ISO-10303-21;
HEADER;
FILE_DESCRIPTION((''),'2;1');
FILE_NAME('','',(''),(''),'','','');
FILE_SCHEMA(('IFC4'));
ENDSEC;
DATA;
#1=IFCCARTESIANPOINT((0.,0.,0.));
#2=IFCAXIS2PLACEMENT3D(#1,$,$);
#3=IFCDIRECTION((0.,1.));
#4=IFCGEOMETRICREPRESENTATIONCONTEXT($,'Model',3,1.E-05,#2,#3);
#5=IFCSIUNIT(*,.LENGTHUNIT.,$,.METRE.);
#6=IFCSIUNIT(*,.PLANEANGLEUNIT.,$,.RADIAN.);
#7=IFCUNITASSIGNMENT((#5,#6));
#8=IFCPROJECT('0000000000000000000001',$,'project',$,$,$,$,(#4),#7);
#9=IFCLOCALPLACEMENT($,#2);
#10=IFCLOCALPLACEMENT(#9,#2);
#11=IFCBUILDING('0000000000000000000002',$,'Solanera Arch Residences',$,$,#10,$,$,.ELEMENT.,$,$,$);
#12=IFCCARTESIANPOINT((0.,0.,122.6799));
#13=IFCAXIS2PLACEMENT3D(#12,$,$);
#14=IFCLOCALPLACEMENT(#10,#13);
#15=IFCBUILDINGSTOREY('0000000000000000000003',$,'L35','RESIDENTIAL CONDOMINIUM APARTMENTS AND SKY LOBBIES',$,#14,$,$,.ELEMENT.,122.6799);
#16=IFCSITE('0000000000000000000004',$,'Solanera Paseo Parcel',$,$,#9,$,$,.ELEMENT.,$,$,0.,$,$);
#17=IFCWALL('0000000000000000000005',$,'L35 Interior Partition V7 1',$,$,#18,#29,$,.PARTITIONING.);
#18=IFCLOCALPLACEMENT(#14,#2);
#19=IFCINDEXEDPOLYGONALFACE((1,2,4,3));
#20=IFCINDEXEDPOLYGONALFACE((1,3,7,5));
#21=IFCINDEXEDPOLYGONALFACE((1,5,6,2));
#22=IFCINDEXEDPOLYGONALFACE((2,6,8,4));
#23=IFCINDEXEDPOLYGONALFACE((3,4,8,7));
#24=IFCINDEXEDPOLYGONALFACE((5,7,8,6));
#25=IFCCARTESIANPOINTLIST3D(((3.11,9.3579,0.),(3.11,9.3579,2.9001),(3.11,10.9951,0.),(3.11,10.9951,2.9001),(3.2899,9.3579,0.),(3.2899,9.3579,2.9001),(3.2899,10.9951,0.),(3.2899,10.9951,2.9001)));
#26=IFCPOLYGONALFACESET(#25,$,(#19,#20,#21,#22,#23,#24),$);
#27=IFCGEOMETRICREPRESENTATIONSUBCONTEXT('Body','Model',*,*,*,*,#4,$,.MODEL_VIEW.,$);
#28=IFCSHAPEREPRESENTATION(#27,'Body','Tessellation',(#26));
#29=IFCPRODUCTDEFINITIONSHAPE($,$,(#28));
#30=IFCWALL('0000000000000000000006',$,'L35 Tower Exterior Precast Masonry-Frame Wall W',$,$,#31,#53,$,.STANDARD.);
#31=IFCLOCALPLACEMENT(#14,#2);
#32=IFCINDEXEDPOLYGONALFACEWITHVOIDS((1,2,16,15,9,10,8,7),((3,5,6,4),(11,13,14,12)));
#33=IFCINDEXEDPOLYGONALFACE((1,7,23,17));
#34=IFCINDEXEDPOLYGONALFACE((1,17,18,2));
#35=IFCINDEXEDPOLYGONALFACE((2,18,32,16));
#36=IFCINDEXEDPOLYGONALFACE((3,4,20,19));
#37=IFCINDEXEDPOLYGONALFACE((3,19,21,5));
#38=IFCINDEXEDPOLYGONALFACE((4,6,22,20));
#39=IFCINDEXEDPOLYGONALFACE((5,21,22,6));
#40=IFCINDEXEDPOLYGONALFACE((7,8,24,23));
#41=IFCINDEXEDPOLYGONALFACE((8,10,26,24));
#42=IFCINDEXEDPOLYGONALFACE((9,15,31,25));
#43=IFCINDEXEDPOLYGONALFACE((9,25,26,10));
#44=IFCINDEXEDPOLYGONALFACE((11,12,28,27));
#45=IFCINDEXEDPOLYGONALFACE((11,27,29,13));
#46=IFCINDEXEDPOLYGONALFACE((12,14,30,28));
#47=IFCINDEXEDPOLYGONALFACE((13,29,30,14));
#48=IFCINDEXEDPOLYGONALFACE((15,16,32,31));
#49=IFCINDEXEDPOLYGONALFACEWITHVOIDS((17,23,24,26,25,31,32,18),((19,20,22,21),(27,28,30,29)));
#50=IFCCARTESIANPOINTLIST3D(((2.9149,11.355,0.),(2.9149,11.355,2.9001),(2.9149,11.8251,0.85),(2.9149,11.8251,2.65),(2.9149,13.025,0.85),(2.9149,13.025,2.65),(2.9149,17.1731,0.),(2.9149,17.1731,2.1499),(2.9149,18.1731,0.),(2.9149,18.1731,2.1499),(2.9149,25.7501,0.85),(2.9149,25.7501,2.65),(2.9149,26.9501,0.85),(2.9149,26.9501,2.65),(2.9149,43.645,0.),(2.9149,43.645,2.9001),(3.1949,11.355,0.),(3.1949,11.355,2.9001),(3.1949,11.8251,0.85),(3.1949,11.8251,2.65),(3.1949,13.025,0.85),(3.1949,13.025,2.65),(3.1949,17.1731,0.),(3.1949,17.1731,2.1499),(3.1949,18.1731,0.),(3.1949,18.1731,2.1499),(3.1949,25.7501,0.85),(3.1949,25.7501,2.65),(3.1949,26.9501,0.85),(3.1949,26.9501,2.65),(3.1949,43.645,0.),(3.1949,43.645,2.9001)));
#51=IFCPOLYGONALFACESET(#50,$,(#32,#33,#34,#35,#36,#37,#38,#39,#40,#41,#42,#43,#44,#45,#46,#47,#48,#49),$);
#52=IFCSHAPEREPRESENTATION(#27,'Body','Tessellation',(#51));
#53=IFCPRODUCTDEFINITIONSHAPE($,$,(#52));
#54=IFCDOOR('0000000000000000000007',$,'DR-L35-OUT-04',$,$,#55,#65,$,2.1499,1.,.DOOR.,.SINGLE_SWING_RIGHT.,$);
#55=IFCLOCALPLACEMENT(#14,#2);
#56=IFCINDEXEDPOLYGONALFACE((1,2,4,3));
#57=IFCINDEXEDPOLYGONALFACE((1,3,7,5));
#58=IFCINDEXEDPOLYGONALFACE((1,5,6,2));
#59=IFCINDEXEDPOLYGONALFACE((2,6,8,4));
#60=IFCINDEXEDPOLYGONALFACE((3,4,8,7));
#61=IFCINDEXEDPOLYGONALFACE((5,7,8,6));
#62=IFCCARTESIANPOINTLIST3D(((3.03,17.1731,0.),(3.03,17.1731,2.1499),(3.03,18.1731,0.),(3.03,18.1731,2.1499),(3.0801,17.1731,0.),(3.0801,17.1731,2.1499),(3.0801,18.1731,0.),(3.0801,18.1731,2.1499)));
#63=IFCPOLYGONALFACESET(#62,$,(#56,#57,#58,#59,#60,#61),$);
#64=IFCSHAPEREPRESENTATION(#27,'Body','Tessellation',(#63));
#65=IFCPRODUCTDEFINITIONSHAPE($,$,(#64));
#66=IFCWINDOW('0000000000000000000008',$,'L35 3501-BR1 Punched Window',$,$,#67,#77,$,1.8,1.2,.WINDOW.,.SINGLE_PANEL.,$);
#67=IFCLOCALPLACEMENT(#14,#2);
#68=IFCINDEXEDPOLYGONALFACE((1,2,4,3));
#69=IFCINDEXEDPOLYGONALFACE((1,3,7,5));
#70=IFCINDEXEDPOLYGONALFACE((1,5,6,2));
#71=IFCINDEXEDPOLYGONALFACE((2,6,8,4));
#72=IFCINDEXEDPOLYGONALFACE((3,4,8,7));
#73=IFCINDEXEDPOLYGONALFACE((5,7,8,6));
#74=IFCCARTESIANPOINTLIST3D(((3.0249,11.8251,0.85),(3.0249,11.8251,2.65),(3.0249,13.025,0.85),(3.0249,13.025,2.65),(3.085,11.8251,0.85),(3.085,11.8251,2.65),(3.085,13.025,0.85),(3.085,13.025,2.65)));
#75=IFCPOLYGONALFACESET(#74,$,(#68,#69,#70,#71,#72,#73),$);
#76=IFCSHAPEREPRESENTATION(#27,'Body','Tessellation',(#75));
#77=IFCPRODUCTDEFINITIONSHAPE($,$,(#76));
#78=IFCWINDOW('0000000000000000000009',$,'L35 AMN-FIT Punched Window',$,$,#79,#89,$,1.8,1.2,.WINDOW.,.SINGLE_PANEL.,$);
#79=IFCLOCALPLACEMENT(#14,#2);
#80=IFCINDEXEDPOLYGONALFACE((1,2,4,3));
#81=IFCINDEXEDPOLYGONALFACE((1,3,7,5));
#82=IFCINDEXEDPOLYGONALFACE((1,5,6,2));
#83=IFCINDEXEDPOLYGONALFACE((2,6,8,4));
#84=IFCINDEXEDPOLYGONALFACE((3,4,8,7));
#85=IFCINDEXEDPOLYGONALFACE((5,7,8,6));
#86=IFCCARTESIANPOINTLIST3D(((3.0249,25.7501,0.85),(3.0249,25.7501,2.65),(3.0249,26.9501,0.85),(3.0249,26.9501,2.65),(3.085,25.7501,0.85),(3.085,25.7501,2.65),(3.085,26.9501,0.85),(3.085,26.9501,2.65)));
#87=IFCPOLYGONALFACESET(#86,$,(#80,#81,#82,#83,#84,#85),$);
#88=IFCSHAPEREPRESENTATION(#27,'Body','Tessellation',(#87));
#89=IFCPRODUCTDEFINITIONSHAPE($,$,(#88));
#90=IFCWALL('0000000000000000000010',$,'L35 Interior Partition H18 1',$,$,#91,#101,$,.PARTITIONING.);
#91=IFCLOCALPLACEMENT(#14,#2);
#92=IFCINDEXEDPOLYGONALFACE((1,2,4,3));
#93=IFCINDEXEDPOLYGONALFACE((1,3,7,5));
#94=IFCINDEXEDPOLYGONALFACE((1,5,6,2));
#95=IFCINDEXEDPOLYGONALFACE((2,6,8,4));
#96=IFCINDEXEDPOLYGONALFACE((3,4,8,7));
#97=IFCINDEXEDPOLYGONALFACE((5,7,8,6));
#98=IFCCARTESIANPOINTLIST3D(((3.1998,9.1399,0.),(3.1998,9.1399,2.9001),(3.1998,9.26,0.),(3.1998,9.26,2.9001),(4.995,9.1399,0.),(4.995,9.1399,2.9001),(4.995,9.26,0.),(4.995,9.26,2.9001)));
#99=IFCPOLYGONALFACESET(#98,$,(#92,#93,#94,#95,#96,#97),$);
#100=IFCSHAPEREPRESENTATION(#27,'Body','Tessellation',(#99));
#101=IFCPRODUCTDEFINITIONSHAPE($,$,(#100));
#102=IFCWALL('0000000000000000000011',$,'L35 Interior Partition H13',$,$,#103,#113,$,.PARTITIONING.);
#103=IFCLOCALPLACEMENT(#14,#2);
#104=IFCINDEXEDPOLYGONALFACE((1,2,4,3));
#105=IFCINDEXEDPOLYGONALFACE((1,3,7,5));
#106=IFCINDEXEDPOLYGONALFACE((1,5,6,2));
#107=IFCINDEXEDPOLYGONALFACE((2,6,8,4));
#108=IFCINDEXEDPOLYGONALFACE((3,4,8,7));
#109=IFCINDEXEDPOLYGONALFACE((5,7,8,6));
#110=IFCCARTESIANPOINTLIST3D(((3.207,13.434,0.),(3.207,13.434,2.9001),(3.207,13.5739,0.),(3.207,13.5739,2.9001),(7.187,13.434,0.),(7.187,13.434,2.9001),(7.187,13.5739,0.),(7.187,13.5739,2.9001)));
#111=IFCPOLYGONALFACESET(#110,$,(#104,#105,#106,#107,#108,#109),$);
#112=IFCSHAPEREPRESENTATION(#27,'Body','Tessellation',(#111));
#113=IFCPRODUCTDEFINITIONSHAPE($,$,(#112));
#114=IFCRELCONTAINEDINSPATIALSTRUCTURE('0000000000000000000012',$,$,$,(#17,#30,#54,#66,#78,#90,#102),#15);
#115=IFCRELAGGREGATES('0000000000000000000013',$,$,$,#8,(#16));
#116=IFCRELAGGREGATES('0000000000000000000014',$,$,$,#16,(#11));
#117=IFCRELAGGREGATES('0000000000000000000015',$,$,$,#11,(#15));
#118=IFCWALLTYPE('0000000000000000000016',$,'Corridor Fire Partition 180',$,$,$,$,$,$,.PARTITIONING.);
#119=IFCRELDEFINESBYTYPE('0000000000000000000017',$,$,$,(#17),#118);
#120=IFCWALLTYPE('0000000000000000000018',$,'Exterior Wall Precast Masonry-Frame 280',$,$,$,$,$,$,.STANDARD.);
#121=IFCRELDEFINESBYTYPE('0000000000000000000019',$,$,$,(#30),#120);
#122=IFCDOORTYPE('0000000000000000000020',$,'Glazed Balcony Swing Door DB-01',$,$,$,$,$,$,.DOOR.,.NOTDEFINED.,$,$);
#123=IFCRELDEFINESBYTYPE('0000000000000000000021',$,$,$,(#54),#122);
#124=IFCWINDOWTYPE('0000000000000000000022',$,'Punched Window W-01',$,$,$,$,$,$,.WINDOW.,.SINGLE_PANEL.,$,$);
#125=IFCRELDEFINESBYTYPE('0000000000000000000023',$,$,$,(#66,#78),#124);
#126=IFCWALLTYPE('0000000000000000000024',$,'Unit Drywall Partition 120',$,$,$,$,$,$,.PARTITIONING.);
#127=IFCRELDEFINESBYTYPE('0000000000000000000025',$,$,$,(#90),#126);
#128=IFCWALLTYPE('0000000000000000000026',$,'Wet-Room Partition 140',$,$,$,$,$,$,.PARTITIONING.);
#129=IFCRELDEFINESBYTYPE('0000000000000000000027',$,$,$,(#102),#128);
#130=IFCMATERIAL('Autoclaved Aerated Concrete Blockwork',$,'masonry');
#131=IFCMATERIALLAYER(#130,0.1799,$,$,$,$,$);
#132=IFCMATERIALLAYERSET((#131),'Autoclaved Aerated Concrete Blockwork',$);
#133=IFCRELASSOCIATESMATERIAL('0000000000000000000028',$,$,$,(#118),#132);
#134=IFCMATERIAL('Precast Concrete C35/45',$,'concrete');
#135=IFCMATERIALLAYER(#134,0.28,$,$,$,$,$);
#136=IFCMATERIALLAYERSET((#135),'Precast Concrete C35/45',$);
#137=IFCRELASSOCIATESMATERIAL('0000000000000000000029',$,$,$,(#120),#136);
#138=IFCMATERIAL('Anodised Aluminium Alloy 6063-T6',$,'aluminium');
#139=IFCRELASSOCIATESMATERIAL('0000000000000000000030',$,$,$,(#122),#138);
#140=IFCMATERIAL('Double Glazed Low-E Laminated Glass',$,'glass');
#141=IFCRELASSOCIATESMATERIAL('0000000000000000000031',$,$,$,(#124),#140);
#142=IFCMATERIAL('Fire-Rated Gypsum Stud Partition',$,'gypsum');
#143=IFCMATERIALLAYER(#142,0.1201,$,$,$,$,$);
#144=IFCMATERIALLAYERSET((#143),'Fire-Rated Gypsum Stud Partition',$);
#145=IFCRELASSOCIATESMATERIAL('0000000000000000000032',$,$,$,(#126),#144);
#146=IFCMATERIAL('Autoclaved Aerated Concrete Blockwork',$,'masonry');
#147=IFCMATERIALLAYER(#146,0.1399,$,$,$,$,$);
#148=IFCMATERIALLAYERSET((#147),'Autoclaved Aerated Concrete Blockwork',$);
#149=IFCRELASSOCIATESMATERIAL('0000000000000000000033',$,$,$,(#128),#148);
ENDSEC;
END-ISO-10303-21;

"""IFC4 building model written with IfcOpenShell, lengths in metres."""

from ifc_helpers import new_model, si_unit, direction, frame, frame_2d, origin, place, context, subcontext, project, spatial, rectangle, extrude, material, layer, layer_set, type_object, element, fill, save


model = new_model("IFC4")

# Units and contexts
model_context = context("Model", 3, precision=1e-05, world=origin(), true_north=direction((0.0, 1.0)))
body_context = subcontext(model_context, "Body", "Model", "MODEL_VIEW")
ifc_project = project(units=[si_unit("LENGTHUNIT", "METRE"), si_unit("PLANEANGLEUNIT", "RADIAN")], contexts=[model_context])

# Site, building, storey
site_placement = place(None, origin())
site = spatial("IfcSite", under=ifc_project, at=site_placement, Name="Solanera Paseo Parcel", CompositionType="ELEMENT", RefElevation=0.0)
building_placement = place(site_placement, origin())
building = spatial("IfcBuilding", under=site, at=building_placement, Name="Solanera Arch Residences", CompositionType="ELEMENT")
storey_placement = place(building_placement, frame((0.0, 0.0, 122.6799)))
storey = spatial("IfcBuildingStorey", under=building, at=storey_placement, Name="L35", Description="RESIDENTIAL CONDOMINIUM APARTMENTS AND SKY LOBBIES", CompositionType="ELEMENT", Elevation=122.6799)

# Wall
ifc_material_1 = material(Name="Autoclaved Aerated Concrete Blockwork", Category="masonry")
ifc_layer_1 = layer(ifc_material_1, 0.1799)
ifc_layer_set_1 = layer_set([ifc_layer_1], Name="Autoclaved Aerated Concrete Blockwork")
wall_type_1 = type_object("IfcWallType", Name="Corridor Fire Partition 180", PredefinedType="PARTITIONING", material=ifc_layer_set_1)
wall_1_placement = place(storey_placement, frame((3.2, 9.3579, 0.0), z_axis=(0.0, 0.0, 1.0), x_axis=(0.0, 1.0, 0.0)))
element("IfcWall", 1, at=wall_1_placement, inside=storey, type_object=wall_type_1, Name="L35 Interior Partition V7 1", PredefinedType="PARTITIONING", context=body_context, shape_type="SweptSolid", body=[
    extrude(rectangle(XDim=1.6372, YDim=0.1799, at=frame_2d((0.8186, 0.0))), origin(), (0.0, 0.0, 1.0), 2.9001),
])

# Wall, openings, door, windows
ifc_material_2 = material(Name="Precast Concrete C35/45", Category="concrete")
ifc_layer_2 = layer(ifc_material_2, 0.28)
ifc_layer_set_2 = layer_set([ifc_layer_2], Name="Precast Concrete C35/45")
wall_type_2 = type_object("IfcWallType", Name="Exterior Wall Precast Masonry-Frame 280", PredefinedType="STANDARD", material=ifc_layer_set_2)
wall_2_placement = place(storey_placement, frame((3.0549, 11.355, 0.0), z_axis=(0.0, 0.0, 1.0), x_axis=(0.0, 1.0, 0.0)))
wall_2 = element("IfcWall", 2, at=wall_2_placement, inside=storey, type_object=wall_type_2, Name="L35 Tower Exterior Precast Masonry-Frame Wall W", PredefinedType="STANDARD", context=body_context, shape_type="SweptSolid", body=[
    extrude(rectangle(XDim=32.29, YDim=0.28, at=frame_2d((16.145, 0.0))), origin(), (0.0, 0.0, 1.0), 2.9001),
])
opening_1_placement = place(wall_2_placement, frame((5.8181, 0.0, 0.0)))
opening_1 = element("IfcOpeningElement", 3, at=opening_1_placement, cuts=wall_2, PredefinedType="OPENING", context=body_context, shape_type="SweptSolid", body=[
    extrude(rectangle(XDim=1.0, YDim=2.1499, at=frame_2d((0.5, 1.075))), frame((0.0, 0.1499, 0.0), z_axis=(0.0, -1.0, 0.0), x_axis=(1.0, 0.0, 0.0)), (0.0, 0.0, 1.0), 0.3),
])
opening_2_placement = place(wall_2_placement, frame((0.47, 0.0, 0.8501)))
opening_2 = element("IfcOpeningElement", 4, at=opening_2_placement, cuts=wall_2, PredefinedType="OPENING", context=body_context, shape_type="SweptSolid", body=[
    extrude(rectangle(XDim=1.2, YDim=1.8, at=frame_2d((0.6001, 0.8999))), frame((0.0, 0.1499, 0.0), z_axis=(0.0, -1.0, 0.0), x_axis=(1.0, 0.0, 0.0)), (0.0, 0.0, 1.0), 0.3),
])
opening_3_placement = place(wall_2_placement, frame((14.395, 0.0, 0.8501)))
opening_3 = element("IfcOpeningElement", 5, at=opening_3_placement, cuts=wall_2, PredefinedType="OPENING", context=body_context, shape_type="SweptSolid", body=[
    extrude(rectangle(XDim=1.2, YDim=1.8, at=frame_2d((0.6001, 0.8999))), frame((0.0, 0.1499, 0.0), z_axis=(0.0, -1.0, 0.0), x_axis=(1.0, 0.0, 0.0)), (0.0, 0.0, 1.0), 0.3),
])
ifc_material_3 = material(Name="Anodised Aluminium Alloy 6063-T6", Category="aluminium")
door_type = type_object("IfcDoorType", Name="Glazed Balcony Swing Door DB-01", OperationType="NOTDEFINED", PredefinedType="DOOR", material=ifc_material_3)
door_placement = place(opening_1_placement, origin())
door = element("IfcDoor", 6, at=door_placement, inside=storey, type_object=door_type, Name="DR-L35-OUT-04", OperationType="SINGLE_SWING_RIGHT", OverallHeight=2.1499, OverallWidth=1.0, PredefinedType="DOOR", context=body_context, shape_type="SweptSolid", body=[
    extrude(rectangle(XDim=1.0, YDim=2.1499, at=frame_2d((0.5, 1.075))), frame((0.0, 0.0249, 0.0), z_axis=(0.0, -1.0, 0.0), x_axis=(1.0, 0.0, 0.0)), (0.0, 0.0, 1.0), 0.05),
])
fill(opening_1, door)
ifc_material_4 = material(Name="Double Glazed Low-E Laminated Glass", Category="glass")
window_type = type_object("IfcWindowType", Name="Punched Window W-01", PartitioningType="SINGLE_PANEL", PredefinedType="WINDOW", material=ifc_material_4)
window_1_placement = place(opening_2_placement, origin())
window_1 = element("IfcWindow", 7, at=window_1_placement, inside=storey, type_object=window_type, Name="L35 3501-BR1 Punched Window", OverallHeight=1.8, OverallWidth=1.2, PartitioningType="SINGLE_PANEL", PredefinedType="WINDOW", context=body_context, shape_type="SweptSolid", body=[
    extrude(rectangle(XDim=1.2, YDim=1.8, at=frame_2d((0.6001, 0.8999))), frame((0.0, 0.03, 0.0), z_axis=(0.0, -1.0, 0.0), x_axis=(1.0, 0.0, 0.0)), (0.0, 0.0, 1.0), 0.0601),
])
fill(opening_2, window_1)
window_2_placement = place(opening_3_placement, origin())
window_2 = element("IfcWindow", 8, at=window_2_placement, inside=storey, type_object=window_type, Name="L35 AMN-FIT Punched Window", OverallHeight=1.8, OverallWidth=1.2, PartitioningType="SINGLE_PANEL", PredefinedType="WINDOW", context=body_context, shape_type="SweptSolid", body=[
    extrude(rectangle(XDim=1.2, YDim=1.8, at=frame_2d((0.6001, 0.8999))), frame((0.0, 0.03, 0.0), z_axis=(0.0, -1.0, 0.0), x_axis=(1.0, 0.0, 0.0)), (0.0, 0.0, 1.0), 0.0601),
])
fill(opening_3, window_2)

# Walls
ifc_material_5 = material(Name="Fire-Rated Gypsum Stud Partition", Category="gypsum")
ifc_layer_3 = layer(ifc_material_5, 0.1201)
ifc_layer_set_3 = layer_set([ifc_layer_3], Name="Fire-Rated Gypsum Stud Partition")
wall_type_3 = type_object("IfcWallType", Name="Unit Drywall Partition 120", PredefinedType="PARTITIONING", material=ifc_layer_set_3)
wall_3_placement = place(storey_placement, frame((3.2, 9.2, 0.0), z_axis=(0.0, 0.0, 1.0), x_axis=(1.0, 0.0, 0.0)))
element("IfcWall", 9, at=wall_3_placement, inside=storey, type_object=wall_type_3, Name="L35 Interior Partition H18 1", PredefinedType="PARTITIONING", context=body_context, shape_type="SweptSolid", body=[
    extrude(rectangle(XDim=1.7952, YDim=0.1201, at=frame_2d((0.8975, 0.0))), origin(), (0.0, 0.0, 1.0), 2.9001),
])
ifc_material_6 = material(Name="Autoclaved Aerated Concrete Blockwork", Category="masonry")
ifc_layer_4 = layer(ifc_material_6, 0.1399)
ifc_layer_set_4 = layer_set([ifc_layer_4], Name="Autoclaved Aerated Concrete Blockwork")
wall_type_4 = type_object("IfcWallType", Name="Wet-Room Partition 140", PredefinedType="PARTITIONING", material=ifc_layer_set_4)
wall_4_placement = place(storey_placement, frame((3.207, 13.5039, 0.0), z_axis=(0.0, 0.0, 1.0), x_axis=(1.0, 0.0, 0.0)))
element("IfcWall", 10, at=wall_4_placement, inside=storey, type_object=wall_type_4, Name="L35 Interior Partition H13", PredefinedType="PARTITIONING", context=body_context, shape_type="SweptSolid", body=[
    extrude(rectangle(XDim=3.98, YDim=0.1399, at=frame_2d((1.99, 0.0))), origin(), (0.0, 0.0, 1.0), 2.9001),
])

save(model, "model.ifc")
